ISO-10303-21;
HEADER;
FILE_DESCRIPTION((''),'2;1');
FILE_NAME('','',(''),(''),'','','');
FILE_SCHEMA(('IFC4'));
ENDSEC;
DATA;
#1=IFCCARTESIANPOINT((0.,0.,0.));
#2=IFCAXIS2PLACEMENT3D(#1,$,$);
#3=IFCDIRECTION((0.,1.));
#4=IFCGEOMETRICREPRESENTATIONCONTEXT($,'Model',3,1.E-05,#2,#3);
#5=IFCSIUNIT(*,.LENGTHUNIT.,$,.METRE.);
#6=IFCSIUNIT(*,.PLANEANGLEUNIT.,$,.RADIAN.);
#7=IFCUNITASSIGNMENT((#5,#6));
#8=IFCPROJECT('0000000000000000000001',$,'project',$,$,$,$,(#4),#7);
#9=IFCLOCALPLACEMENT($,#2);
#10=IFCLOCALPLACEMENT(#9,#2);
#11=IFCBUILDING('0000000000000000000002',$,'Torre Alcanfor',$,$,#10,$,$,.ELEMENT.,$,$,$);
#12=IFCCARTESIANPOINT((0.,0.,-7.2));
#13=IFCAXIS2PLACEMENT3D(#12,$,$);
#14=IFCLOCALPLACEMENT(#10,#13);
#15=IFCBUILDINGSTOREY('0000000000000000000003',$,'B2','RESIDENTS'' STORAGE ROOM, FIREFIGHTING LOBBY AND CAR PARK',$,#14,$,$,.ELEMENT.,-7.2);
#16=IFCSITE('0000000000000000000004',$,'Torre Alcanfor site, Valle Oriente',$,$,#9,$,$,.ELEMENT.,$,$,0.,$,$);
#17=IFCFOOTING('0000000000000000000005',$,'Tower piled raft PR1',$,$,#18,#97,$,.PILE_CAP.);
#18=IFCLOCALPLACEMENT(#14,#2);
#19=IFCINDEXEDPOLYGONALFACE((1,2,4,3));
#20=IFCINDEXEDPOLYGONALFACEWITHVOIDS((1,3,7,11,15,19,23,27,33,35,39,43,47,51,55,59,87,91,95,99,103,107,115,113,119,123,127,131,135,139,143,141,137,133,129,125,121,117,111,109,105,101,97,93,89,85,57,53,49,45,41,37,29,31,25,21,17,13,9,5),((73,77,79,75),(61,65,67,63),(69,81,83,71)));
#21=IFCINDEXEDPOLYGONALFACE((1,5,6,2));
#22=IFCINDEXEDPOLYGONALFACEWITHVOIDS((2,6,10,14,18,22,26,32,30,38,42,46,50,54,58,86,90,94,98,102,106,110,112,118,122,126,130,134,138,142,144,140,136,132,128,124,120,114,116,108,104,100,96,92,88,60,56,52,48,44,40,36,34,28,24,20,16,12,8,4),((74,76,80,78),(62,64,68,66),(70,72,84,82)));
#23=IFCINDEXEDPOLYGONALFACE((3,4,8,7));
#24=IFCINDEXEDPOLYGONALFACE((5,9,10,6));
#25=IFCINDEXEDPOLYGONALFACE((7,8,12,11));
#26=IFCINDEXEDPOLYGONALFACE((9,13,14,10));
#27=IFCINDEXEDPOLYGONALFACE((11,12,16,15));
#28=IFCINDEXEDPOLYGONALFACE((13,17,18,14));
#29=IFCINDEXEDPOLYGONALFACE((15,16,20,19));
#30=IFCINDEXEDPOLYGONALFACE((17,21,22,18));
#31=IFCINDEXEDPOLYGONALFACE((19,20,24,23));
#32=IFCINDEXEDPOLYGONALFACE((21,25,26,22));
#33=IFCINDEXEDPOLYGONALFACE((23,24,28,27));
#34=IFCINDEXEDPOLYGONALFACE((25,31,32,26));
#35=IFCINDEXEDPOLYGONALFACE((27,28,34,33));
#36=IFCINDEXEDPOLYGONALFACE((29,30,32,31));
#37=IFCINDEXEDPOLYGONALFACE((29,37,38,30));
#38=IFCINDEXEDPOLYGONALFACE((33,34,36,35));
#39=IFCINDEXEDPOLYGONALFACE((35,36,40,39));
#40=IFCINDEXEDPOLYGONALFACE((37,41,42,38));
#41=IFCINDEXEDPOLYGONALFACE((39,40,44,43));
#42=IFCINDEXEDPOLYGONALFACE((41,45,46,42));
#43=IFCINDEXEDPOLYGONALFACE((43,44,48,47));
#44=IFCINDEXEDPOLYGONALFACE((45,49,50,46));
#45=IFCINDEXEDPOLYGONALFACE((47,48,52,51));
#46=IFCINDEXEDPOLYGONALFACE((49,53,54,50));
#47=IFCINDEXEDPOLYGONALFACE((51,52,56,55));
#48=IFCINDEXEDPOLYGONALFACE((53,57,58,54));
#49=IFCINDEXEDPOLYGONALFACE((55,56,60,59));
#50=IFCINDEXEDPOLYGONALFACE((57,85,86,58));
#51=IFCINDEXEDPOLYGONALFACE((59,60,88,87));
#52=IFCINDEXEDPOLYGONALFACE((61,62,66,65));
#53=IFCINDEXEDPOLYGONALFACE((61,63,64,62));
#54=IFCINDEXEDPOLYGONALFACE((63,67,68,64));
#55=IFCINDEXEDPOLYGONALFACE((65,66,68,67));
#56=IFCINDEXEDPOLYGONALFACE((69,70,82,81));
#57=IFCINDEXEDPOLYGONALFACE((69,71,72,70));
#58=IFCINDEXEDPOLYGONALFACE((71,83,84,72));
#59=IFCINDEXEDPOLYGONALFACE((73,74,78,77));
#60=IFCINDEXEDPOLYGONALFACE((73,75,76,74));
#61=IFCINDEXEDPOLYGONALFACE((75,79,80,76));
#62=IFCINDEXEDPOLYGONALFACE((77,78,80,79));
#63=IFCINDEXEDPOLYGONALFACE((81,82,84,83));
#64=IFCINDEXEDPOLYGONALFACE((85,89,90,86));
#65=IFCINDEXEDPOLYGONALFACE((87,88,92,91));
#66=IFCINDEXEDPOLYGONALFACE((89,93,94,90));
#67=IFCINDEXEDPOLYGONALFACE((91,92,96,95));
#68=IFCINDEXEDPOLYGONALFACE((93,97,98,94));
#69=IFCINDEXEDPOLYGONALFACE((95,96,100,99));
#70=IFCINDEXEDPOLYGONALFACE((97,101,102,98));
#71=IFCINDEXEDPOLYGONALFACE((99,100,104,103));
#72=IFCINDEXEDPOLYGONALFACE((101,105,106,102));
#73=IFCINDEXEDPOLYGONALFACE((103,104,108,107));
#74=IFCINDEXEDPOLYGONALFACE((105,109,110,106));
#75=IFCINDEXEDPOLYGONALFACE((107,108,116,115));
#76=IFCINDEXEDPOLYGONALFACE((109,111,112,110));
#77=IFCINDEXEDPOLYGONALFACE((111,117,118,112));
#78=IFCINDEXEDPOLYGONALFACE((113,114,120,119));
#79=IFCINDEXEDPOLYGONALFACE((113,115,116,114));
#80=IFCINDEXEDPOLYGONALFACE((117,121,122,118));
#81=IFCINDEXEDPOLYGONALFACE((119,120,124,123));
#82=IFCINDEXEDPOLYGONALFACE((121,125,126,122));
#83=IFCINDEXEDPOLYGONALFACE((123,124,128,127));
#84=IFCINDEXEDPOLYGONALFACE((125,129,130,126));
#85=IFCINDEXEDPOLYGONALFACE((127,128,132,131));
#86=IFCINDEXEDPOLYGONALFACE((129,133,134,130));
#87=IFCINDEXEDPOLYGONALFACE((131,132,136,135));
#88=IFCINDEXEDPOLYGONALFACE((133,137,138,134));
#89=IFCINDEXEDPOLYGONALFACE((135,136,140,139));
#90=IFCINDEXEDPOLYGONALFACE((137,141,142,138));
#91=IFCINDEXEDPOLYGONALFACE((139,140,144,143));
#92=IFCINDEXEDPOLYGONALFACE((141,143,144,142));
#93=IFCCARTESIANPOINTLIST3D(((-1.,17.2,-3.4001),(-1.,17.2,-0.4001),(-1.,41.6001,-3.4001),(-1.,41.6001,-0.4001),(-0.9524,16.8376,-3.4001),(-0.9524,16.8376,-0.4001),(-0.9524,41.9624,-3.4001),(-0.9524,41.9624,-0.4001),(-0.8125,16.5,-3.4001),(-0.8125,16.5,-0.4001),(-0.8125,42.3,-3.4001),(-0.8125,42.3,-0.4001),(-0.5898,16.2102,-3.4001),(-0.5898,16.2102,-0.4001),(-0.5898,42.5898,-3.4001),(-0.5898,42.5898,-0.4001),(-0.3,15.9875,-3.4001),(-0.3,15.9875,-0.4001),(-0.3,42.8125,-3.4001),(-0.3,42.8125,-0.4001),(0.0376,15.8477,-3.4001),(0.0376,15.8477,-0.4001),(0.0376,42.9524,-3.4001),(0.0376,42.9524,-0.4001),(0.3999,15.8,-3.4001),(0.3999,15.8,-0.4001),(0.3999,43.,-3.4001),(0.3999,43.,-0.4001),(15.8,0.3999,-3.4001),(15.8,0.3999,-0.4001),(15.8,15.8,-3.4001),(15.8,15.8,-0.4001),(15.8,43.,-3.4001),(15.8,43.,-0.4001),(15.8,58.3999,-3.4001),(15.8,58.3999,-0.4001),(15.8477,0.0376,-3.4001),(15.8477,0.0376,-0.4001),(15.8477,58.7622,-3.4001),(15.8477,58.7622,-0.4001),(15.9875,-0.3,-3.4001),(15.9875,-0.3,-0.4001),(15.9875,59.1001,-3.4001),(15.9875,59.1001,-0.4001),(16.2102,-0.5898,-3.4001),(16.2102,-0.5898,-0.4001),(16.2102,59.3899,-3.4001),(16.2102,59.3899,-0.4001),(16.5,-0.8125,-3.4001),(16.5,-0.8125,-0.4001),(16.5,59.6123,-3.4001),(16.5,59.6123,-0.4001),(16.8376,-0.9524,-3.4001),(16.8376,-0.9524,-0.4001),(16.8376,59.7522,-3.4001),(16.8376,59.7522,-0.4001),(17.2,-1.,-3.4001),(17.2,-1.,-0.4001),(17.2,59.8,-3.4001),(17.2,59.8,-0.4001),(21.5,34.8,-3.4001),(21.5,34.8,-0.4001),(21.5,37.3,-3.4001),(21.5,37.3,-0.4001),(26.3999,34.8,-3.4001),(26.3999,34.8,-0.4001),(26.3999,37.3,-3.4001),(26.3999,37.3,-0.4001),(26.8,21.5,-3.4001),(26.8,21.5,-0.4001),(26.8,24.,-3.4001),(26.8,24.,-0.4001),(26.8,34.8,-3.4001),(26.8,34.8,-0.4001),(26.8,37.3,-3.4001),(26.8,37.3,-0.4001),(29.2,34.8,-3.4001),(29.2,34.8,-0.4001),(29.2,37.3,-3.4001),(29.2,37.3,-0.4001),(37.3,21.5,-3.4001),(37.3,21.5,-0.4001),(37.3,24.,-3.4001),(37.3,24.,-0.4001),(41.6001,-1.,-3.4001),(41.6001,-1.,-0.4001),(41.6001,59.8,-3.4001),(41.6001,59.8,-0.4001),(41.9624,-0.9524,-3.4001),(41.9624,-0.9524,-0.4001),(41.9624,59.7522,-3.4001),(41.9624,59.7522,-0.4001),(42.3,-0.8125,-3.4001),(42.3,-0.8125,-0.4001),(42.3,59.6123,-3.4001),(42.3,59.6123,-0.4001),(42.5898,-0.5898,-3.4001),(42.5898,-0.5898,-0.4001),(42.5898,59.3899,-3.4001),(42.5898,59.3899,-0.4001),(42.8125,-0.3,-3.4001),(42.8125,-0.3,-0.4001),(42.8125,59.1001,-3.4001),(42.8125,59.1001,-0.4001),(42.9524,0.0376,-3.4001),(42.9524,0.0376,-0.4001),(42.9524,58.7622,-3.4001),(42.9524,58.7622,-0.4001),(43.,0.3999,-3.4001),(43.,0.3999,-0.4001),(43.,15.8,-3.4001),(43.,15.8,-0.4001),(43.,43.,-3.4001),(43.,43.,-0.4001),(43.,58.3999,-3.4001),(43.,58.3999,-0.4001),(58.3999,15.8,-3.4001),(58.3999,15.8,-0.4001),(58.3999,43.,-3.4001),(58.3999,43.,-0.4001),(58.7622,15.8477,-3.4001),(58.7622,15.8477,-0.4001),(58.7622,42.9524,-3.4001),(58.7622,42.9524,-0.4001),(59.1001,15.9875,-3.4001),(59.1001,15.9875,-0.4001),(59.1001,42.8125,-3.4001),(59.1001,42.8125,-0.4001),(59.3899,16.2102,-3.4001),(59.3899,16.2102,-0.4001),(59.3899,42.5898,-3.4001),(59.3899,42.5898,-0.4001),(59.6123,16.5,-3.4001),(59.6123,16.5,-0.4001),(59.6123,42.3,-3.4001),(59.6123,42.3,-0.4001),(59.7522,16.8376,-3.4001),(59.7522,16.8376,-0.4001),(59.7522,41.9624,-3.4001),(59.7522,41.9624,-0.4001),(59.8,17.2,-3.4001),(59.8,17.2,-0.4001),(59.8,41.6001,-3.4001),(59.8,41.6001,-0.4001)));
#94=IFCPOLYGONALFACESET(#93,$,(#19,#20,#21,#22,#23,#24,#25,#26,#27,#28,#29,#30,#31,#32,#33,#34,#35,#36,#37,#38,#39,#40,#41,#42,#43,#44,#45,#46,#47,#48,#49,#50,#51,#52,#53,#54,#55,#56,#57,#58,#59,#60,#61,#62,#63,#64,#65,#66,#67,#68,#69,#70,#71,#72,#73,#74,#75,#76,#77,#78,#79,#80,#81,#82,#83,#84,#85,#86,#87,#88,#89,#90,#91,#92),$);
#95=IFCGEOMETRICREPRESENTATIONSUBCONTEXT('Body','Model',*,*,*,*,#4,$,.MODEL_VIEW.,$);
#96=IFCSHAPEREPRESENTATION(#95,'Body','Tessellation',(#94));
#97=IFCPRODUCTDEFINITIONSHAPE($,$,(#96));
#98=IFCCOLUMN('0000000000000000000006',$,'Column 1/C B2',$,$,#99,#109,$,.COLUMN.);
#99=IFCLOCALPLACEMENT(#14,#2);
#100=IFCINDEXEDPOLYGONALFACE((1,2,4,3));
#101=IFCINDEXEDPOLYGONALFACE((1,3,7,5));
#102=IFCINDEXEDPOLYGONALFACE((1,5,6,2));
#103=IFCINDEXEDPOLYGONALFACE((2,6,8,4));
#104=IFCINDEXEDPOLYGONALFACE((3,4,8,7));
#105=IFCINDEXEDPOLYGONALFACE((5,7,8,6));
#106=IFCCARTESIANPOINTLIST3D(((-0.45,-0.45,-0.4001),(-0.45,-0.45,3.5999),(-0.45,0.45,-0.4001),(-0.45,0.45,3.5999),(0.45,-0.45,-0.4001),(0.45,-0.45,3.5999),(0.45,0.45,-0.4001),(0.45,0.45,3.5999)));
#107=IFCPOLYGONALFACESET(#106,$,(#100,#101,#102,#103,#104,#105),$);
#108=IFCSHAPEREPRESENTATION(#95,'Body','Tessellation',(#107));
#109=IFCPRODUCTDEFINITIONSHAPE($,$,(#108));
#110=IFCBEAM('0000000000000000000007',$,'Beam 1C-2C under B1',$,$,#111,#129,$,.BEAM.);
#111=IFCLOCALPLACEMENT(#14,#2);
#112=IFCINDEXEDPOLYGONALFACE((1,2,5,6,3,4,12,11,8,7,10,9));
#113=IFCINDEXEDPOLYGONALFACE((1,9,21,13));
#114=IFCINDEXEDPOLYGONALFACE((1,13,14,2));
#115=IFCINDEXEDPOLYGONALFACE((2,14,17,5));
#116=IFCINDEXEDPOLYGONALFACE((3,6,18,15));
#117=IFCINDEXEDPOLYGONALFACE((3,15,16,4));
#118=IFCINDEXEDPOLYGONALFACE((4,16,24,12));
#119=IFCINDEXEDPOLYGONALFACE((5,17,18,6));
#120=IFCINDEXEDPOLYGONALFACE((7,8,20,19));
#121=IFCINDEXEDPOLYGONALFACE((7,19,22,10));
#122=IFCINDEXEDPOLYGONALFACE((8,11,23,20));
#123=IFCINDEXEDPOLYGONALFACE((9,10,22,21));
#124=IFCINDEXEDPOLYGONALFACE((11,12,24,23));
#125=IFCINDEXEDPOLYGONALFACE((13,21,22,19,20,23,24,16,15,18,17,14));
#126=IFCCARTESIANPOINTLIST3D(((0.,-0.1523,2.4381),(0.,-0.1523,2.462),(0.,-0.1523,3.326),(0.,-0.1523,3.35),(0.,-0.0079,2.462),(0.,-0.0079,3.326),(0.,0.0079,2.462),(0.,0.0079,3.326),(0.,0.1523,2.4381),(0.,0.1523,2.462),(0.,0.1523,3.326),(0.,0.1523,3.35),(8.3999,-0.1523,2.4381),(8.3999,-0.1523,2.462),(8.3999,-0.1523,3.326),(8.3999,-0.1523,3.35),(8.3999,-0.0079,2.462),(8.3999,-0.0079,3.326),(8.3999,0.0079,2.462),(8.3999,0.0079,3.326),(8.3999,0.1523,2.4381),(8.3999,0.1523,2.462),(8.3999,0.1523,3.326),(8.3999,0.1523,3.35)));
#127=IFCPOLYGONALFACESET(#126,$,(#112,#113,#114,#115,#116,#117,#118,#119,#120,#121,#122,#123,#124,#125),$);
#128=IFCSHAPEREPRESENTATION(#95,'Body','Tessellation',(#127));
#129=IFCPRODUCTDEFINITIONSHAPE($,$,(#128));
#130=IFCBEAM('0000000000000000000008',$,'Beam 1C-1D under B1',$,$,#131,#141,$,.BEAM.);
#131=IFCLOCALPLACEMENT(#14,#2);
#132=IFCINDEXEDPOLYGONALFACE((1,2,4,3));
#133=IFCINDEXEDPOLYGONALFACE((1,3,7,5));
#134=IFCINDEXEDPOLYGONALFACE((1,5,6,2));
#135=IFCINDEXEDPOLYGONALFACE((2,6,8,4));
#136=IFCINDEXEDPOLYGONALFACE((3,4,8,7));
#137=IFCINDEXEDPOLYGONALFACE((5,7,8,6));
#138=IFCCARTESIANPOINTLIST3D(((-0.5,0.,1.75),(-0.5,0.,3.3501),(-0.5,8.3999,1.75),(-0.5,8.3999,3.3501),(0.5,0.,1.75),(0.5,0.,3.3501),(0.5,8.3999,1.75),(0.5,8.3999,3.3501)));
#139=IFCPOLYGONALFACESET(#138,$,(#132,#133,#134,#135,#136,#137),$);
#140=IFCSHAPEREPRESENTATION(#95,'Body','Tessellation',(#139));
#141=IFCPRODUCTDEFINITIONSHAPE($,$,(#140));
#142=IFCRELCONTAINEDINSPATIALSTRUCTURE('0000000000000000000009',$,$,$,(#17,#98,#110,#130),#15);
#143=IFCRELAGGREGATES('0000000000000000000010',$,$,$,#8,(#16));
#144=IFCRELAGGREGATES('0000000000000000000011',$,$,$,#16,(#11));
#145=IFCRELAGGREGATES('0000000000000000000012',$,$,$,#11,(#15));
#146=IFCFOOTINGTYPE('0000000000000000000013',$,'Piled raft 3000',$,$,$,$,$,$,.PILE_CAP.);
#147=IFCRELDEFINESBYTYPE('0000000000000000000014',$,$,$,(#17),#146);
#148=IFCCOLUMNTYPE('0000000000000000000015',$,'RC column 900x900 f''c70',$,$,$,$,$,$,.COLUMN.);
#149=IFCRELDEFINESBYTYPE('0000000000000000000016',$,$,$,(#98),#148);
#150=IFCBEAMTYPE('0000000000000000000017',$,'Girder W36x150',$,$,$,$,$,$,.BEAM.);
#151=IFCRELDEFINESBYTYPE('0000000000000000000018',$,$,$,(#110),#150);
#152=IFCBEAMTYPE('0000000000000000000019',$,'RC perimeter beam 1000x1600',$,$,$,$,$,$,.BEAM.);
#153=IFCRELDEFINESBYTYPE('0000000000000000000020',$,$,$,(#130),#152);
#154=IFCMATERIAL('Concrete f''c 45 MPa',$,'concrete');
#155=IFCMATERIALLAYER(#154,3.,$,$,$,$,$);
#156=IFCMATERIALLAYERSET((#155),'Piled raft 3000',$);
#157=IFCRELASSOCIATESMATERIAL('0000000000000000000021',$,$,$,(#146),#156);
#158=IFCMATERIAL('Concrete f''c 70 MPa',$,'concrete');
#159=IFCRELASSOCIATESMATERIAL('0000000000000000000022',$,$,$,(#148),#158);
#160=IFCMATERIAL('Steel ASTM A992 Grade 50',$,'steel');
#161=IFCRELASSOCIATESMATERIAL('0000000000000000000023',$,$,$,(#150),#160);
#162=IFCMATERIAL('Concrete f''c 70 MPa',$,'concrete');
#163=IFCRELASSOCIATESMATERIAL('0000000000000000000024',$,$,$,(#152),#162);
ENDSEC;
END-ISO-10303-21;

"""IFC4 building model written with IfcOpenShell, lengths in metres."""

from ifc_helpers import new_model, si_unit, direction, frame, origin, origin_2d, place, context, subcontext, project, spatial, polyline, rectangle, i_section, outline, extrude, material, layer, layer_set, material_profile, profile_set, type_object, element, save


model = new_model("IFC4")

# Units and contexts
model_context = context("Model", 3, precision=1e-05, world=origin(), true_north=direction((0.0, 1.0)))
body_context = subcontext(model_context, "Body", "Model", "MODEL_VIEW")
ifc_project = project(units=[si_unit("LENGTHUNIT", "METRE"), si_unit("PLANEANGLEUNIT", "RADIAN")], contexts=[model_context])

# Site, building, storey
site_placement = place(None, origin())
site = spatial("IfcSite", under=ifc_project, at=site_placement, Name="Torre Alcanfor site, Valle Oriente", CompositionType="ELEMENT", RefElevation=0.0)
building_placement = place(site_placement, origin())
building = spatial("IfcBuilding", under=site, at=building_placement, Name="Torre Alcanfor", CompositionType="ELEMENT")
storey_placement = place(building_placement, frame((0.0, 0.0, -7.2)))
storey = spatial("IfcBuildingStorey", under=building, at=storey_placement, Name="B2", Description="RESIDENTS' STORAGE ROOM, FIREFIGHTING LOBBY AND CAR PARK", CompositionType="ELEMENT", Elevation=-7.2)

# Footing
ifc_material_1 = material(Name="Concrete f'c 45 MPa", Category="concrete")
ifc_layer_1 = layer(ifc_material_1, 3.0)
ifc_layer_set_1 = layer_set([ifc_layer_1], Name="Piled raft 3000")
footing_type_1 = type_object("IfcFootingType", Name="Piled raft 3000", PredefinedType="PILE_CAP", material=ifc_layer_set_1)
footing_1_placement = place(storey_placement, frame((0.0, 0.0, -3.4001)))
element("IfcFooting", 1, at=footing_1_placement, inside=storey, type_object=footing_type_1, Name="Tower piled raft PR1", PredefinedType="PILE_CAP", context=body_context, shape_type="SweptSolid", body=[
    extrude(outline(polyline([(15.8, 43.0), (0.3999, 43.0), (0.0376, 42.9524), (-0.3, 42.8125), (-0.5898, 42.5898), (-0.8125, 42.3), (-0.9524, 41.9624), (-1.0, 41.6001), (-1.0, 17.2), (-0.9524, 16.8376), (-0.8125, 16.5), (-0.5898, 16.2102), (-0.3, 15.9875), (0.0376, 15.8477), (0.3999, 15.8), (15.8, 15.8), (15.8, 0.3999), (15.8477, 0.0376), (15.9875, -0.3), (16.2102, -0.5898), (16.5, -0.8125), (16.8376, -0.9524), (17.2, -1.0), (41.6001, -1.0), (41.9624, -0.9524), (42.3, -0.8125), (42.5898, -0.5898), (42.8125, -0.3), (42.9524, 0.0376), (43.0, 0.3999), (43.0, 15.8), (58.3999, 15.8), (58.7622, 15.8477), (59.1001, 15.9875), (59.3899, 16.2102), (59.6123, 16.5), (59.7522, 16.8376), (59.8, 17.2), (59.8, 41.6001), (59.7522, 41.9624), (59.6123, 42.3), (59.3899, 42.5898), (59.1001, 42.8125), (58.7622, 42.9524), (58.3999, 43.0), (43.0, 43.0), (43.0, 58.3999), (42.9524, 58.7622), (42.8125, 59.1001), (42.5898, 59.3899), (42.3, 59.6123), (41.9624, 59.7522), (41.6001, 59.8), (17.2, 59.8), (16.8376, 59.7522), (16.5, 59.6123), (16.2102, 59.3899), (15.9875, 59.1001), (15.8477, 58.7622), (15.8, 58.3999), (15.8, 43.0)]), holes=[polyline([(26.8, 21.5), (37.3, 21.5), (37.3, 24.0), (26.8, 24.0), (26.8, 21.5)]), polyline([(21.5, 34.8), (26.3999, 34.8), (26.3999, 37.3), (21.5, 37.3), (21.5, 34.8)]), polyline([(26.8, 34.8), (29.2, 34.8), (29.2, 37.3), (26.8, 37.3), (26.8, 34.8)])]), origin(), (0.0, 0.0, 1.0), 3.0),
])

# Column
ifc_material_2 = material(Name="Concrete f'c 70 MPa", Category="concrete")
ifc_material_profile_1 = material_profile(ifc_material_2, rectangle(XDim=0.8999, YDim=0.8999, at=origin_2d()), Name="900x900")
ifc_profile_set_1 = profile_set([ifc_material_profile_1], Name="Concrete f'c 70 MPa")
column_type = type_object("IfcColumnType", Name="RC column 900x900 f'c70", PredefinedType="COLUMN", material=ifc_profile_set_1)
column_placement = place(storey_placement, frame((0.0, 0.0, -0.4001), z_axis=(0.0, 0.0, 1.0), x_axis=(1.0, 0.0, 0.0)))
element("IfcColumn", 2, at=column_placement, inside=storey, type_object=column_type, Name="Column 1/C B2", PredefinedType="COLUMN", context=body_context, shape_type="SweptSolid", body=[
    extrude(rectangle(XDim=0.8999, YDim=0.8999, at=origin_2d()), origin(), (0.0, 0.0, 1.0), 4.0),
])

# Beams
ifc_material_3 = material(Name="Steel ASTM A992 Grade 50", Category="steel")
ifc_material_profile_2 = material_profile(ifc_material_3, i_section(OverallWidth=0.3047, OverallDepth=0.9119, WebThickness=0.0159, FlangeThickness=0.0239, at=origin_2d()), Name="W36x150")
ifc_profile_set_2 = profile_set([ifc_material_profile_2], Name="Steel ASTM A992 Grade 50")
beam_type_1 = type_object("IfcBeamType", Name="Girder W36x150", PredefinedType="BEAM", material=ifc_profile_set_2)
beam_1_placement = place(storey_placement, frame((0.0, 0.0, 2.894), z_axis=(1.0, 0.0, 0.0), x_axis=(0.0, 1.0, 0.0)))
element("IfcBeam", 3, at=beam_1_placement, inside=storey, type_object=beam_type_1, Name="Beam 1C-2C under B1", PredefinedType="BEAM", context=body_context, shape_type="SweptSolid", body=[
    extrude(i_section(OverallWidth=0.3047, OverallDepth=0.9119, WebThickness=0.0159, FlangeThickness=0.0239, at=origin_2d()), origin(), (0.0, 0.0, 1.0), 8.3999),
])
ifc_material_4 = material(Name="Concrete f'c 70 MPa", Category="concrete")
ifc_material_profile_3 = material_profile(ifc_material_4, rectangle(XDim=1.0, YDim=1.6001, at=origin_2d()), Name="1000x1600")
ifc_profile_set_3 = profile_set([ifc_material_profile_3], Name="Concrete f'c 70 MPa")
beam_type_2 = type_object("IfcBeamType", Name="RC perimeter beam 1000x1600", PredefinedType="BEAM", material=ifc_profile_set_3)
beam_2_placement = place(storey_placement, frame((0.0, 0.0, 2.55), z_axis=(0.0, 1.0, 0.0), x_axis=(-1.0, 0.0, 0.0)))
element("IfcBeam", 4, at=beam_2_placement, inside=storey, type_object=beam_type_2, Name="Beam 1C-1D under B1", PredefinedType="BEAM", context=body_context, shape_type="SweptSolid", body=[
    extrude(rectangle(XDim=1.0, YDim=1.6001, at=origin_2d()), origin(), (0.0, 0.0, 1.0), 8.3999),
])

save(model, "model.ifc")
